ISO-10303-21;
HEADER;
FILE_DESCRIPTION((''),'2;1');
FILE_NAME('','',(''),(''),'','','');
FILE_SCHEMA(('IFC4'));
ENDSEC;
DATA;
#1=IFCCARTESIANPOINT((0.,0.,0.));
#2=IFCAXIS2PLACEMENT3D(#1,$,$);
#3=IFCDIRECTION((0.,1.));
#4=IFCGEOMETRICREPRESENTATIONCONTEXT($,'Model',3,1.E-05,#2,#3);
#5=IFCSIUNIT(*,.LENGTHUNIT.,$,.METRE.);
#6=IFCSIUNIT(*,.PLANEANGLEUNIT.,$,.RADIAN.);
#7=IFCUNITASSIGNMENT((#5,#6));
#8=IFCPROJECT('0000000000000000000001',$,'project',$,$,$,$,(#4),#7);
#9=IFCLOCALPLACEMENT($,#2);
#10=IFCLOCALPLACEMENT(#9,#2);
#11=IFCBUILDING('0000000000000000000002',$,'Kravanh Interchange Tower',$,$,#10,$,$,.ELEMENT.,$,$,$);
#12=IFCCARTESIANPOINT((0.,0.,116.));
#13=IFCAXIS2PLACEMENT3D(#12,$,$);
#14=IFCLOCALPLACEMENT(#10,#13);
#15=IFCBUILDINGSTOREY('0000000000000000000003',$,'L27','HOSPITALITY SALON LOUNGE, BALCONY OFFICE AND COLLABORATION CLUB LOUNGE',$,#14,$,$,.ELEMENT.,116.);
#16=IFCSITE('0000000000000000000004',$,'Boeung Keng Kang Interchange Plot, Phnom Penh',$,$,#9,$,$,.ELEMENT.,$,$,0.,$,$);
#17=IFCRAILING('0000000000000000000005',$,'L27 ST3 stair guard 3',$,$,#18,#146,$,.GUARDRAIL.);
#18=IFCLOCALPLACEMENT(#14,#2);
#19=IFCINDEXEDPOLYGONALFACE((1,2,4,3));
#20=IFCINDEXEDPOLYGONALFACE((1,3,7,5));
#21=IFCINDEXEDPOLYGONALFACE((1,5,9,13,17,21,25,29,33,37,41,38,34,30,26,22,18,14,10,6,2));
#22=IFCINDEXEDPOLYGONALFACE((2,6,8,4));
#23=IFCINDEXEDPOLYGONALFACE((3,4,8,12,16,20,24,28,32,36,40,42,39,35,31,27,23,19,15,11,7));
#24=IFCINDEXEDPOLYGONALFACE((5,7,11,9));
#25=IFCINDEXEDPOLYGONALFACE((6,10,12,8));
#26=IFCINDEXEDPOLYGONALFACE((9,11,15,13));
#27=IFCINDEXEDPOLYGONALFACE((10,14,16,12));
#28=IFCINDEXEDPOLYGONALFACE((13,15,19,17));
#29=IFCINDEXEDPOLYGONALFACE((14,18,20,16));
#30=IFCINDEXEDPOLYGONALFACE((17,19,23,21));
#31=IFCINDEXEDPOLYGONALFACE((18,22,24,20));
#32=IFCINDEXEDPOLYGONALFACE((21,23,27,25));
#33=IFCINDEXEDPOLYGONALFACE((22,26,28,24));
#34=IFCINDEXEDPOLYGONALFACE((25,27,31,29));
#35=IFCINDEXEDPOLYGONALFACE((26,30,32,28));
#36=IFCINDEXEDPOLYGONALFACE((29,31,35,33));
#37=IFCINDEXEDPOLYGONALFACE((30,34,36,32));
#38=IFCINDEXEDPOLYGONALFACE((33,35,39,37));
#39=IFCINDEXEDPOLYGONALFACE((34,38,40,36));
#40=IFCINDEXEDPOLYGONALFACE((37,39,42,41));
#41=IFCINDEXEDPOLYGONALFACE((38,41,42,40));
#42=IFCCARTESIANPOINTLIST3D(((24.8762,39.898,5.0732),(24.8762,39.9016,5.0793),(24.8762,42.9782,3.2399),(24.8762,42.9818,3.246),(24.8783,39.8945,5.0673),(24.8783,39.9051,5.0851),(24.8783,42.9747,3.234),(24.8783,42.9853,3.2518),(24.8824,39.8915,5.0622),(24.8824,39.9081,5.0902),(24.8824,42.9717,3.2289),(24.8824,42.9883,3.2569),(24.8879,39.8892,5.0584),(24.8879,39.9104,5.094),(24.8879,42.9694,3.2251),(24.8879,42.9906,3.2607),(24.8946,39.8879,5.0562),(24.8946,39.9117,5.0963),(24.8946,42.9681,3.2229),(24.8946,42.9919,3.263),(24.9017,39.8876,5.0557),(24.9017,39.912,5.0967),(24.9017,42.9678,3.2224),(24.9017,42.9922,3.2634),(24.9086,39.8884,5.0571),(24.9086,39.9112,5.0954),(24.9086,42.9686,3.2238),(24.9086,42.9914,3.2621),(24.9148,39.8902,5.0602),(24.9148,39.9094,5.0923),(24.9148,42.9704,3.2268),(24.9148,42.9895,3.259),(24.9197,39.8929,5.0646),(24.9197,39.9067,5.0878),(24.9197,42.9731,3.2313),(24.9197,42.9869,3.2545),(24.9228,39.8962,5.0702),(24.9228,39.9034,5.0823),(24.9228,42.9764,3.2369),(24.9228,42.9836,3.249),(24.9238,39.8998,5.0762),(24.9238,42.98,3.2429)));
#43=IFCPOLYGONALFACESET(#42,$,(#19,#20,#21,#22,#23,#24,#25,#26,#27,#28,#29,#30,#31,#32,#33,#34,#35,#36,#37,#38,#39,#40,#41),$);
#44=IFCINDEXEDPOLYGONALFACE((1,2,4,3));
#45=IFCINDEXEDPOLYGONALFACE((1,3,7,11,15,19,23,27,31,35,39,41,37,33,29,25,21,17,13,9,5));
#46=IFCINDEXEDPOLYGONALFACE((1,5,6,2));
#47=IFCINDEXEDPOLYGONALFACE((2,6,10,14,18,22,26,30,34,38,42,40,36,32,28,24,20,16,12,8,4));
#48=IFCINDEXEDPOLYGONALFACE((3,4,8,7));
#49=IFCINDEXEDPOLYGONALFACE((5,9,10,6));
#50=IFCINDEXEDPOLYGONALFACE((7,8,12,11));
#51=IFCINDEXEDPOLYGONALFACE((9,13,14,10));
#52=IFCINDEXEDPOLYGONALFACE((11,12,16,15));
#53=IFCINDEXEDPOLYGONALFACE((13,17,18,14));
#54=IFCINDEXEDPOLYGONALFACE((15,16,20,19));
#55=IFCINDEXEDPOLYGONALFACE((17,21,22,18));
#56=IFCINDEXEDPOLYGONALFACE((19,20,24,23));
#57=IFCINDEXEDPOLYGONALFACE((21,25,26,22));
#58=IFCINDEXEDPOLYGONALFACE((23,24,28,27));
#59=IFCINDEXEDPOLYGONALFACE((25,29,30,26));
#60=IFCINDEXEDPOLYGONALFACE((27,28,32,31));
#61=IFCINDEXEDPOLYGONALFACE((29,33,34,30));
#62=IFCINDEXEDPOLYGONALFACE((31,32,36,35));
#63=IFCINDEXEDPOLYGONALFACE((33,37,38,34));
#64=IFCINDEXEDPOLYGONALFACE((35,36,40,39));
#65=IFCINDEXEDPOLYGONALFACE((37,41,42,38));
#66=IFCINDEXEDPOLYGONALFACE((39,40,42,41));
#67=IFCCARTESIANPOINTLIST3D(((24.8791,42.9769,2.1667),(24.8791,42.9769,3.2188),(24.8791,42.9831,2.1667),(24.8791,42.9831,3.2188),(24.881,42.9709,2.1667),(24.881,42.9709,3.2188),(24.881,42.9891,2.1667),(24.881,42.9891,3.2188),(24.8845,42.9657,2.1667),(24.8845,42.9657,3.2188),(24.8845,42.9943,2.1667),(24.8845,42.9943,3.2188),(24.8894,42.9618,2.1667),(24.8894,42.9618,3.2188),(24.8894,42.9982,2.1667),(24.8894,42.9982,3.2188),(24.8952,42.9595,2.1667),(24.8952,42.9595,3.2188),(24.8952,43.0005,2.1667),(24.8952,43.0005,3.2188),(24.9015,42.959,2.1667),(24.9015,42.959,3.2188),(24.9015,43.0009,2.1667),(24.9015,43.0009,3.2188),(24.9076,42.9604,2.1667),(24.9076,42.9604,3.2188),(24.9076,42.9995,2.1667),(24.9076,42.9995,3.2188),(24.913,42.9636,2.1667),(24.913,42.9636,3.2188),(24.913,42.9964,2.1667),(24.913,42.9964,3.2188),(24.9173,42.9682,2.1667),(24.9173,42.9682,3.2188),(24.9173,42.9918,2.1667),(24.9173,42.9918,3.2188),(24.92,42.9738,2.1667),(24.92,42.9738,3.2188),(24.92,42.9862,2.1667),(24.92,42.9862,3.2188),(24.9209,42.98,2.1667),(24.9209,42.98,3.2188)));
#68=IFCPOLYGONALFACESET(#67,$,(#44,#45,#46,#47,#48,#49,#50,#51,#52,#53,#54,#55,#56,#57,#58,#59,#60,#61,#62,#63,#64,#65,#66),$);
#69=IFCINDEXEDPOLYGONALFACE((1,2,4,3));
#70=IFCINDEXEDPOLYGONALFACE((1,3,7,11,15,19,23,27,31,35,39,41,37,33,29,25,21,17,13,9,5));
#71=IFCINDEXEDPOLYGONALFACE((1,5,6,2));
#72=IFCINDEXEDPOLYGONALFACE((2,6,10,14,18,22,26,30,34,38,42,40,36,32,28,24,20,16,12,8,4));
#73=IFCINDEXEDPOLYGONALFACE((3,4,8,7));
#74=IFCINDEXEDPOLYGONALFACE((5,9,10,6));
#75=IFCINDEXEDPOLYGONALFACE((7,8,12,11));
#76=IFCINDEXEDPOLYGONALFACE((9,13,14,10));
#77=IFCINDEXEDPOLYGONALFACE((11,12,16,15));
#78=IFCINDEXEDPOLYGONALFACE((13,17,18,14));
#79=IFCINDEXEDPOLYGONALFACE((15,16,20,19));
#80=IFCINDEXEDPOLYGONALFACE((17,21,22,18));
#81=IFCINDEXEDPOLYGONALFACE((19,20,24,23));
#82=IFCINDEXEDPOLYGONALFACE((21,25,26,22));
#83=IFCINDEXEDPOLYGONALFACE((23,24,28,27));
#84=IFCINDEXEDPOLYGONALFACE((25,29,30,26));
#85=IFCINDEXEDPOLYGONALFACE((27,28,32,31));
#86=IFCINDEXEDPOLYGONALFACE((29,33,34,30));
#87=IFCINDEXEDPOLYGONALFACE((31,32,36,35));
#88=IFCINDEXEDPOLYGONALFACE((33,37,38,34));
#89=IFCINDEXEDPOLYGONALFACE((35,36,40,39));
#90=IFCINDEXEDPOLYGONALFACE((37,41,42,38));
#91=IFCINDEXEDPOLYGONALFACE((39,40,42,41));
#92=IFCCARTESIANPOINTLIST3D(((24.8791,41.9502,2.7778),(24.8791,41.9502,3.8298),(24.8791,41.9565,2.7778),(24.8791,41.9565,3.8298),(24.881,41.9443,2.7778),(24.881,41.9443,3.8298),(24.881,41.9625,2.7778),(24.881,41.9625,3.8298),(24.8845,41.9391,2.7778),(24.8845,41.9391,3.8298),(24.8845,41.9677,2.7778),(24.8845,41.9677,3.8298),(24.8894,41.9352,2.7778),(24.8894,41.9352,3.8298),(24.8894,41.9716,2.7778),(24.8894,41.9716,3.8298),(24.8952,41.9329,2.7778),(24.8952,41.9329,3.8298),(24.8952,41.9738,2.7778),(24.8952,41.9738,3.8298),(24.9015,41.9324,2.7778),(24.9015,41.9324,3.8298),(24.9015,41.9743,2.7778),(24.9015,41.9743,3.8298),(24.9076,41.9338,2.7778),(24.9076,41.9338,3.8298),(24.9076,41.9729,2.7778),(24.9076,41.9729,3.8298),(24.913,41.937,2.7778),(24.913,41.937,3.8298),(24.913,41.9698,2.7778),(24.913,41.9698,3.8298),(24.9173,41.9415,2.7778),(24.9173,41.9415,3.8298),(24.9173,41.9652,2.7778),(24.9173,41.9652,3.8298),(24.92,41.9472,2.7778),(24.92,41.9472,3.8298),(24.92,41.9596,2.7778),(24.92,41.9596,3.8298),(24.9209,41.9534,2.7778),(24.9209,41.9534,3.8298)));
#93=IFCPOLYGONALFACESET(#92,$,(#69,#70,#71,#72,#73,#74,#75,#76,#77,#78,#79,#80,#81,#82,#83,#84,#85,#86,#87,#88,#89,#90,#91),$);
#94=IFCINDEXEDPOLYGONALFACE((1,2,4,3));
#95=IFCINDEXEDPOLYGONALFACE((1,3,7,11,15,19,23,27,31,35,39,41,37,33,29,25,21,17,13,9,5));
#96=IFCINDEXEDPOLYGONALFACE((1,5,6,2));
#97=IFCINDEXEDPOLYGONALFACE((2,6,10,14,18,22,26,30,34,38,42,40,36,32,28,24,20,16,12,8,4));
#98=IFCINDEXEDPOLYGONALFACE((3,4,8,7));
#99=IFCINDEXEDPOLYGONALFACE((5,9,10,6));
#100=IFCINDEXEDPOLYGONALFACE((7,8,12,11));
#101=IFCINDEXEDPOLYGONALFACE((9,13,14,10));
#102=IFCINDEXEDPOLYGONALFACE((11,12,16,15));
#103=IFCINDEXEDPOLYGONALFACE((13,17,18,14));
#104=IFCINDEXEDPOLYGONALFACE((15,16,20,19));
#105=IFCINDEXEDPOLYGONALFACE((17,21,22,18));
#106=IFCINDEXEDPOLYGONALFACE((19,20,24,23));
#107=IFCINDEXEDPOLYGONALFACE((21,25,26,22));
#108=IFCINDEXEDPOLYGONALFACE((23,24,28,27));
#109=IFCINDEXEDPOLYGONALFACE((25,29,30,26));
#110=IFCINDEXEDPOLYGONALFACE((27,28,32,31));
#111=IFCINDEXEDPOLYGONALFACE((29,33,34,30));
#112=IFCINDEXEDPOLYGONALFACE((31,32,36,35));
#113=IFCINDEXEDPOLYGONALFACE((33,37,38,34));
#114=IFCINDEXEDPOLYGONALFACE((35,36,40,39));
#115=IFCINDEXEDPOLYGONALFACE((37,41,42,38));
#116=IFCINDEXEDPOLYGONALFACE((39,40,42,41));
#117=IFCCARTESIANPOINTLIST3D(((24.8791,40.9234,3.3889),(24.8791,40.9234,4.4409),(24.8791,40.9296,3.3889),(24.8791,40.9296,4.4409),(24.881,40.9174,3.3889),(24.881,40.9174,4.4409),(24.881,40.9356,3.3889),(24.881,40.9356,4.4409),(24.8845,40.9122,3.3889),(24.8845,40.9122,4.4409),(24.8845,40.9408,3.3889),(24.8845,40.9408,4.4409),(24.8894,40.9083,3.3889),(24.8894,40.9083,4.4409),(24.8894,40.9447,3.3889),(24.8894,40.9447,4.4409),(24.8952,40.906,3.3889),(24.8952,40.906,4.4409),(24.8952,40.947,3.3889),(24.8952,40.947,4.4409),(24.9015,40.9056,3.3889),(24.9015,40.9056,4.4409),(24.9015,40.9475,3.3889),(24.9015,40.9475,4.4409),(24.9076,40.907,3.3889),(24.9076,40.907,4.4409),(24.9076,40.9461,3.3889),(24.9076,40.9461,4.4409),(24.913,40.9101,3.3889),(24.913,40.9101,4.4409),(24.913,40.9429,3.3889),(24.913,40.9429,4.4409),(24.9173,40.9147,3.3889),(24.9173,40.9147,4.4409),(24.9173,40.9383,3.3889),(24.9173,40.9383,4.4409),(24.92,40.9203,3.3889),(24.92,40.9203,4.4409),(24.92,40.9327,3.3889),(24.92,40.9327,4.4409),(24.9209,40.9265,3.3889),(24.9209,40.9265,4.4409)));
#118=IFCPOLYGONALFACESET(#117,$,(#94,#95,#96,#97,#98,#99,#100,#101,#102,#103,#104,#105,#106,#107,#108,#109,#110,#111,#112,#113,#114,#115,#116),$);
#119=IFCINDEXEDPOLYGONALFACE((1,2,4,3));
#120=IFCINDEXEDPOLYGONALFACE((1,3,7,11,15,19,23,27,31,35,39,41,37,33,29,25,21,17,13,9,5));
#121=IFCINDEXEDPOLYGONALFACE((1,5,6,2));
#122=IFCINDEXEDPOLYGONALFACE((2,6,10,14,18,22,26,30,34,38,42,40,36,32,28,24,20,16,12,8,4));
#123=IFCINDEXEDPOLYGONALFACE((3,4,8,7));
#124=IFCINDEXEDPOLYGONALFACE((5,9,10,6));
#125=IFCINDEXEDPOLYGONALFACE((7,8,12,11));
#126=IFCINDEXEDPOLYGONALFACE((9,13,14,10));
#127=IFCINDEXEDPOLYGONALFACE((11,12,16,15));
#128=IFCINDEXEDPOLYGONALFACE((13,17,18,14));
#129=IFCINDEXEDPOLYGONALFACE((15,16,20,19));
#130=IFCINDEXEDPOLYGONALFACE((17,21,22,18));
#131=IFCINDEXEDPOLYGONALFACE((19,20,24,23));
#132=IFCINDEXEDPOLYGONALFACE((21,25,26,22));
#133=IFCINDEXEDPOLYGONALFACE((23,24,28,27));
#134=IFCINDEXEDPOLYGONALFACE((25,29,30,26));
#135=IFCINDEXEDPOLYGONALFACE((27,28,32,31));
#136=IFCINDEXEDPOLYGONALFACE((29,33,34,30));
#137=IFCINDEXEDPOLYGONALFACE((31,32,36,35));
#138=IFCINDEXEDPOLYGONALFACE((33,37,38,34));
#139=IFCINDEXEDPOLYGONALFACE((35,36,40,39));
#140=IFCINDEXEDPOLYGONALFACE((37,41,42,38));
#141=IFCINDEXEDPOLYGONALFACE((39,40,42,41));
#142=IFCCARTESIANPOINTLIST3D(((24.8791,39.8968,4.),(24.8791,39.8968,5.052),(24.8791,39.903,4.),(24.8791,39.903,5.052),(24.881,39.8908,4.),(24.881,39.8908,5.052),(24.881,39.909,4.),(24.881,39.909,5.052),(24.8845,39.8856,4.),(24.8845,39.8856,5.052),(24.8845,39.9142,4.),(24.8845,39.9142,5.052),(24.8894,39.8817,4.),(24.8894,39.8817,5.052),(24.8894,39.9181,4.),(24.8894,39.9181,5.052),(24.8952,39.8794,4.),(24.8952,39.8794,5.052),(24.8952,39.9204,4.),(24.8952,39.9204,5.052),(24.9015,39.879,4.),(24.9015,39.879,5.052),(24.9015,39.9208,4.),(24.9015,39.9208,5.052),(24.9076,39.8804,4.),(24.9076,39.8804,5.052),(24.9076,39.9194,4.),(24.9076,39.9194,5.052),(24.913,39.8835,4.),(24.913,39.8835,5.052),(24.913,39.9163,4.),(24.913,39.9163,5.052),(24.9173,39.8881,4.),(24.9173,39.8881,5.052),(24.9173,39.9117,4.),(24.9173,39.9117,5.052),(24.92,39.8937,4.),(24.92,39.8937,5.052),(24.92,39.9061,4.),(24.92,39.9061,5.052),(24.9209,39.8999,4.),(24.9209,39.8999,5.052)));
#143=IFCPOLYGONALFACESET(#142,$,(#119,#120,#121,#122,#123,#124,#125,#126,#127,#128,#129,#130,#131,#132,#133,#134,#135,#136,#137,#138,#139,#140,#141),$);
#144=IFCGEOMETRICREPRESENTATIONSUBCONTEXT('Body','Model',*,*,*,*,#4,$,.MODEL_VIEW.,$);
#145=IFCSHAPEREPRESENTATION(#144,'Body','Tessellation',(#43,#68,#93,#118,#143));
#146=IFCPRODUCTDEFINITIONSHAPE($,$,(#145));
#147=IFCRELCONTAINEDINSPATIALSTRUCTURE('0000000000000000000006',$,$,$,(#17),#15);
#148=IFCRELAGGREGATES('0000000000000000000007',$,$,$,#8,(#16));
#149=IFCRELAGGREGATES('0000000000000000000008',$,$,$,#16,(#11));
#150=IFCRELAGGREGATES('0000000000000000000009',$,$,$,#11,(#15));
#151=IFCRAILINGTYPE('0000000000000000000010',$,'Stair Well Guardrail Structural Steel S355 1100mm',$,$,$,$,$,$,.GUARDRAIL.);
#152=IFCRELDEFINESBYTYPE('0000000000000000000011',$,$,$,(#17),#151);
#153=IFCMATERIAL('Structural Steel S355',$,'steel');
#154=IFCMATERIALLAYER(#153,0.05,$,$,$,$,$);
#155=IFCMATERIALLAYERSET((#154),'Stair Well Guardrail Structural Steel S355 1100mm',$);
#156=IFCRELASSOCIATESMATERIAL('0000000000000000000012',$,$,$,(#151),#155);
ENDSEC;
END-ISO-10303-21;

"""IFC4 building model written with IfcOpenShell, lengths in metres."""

from ifc_helpers import new_model, si_unit, direction, frame, origin, origin_2d, place, context, subcontext, project, spatial, circle, extrude, material, layer, layer_set, type_object, element, save


model = new_model("IFC4")

# Units and contexts
model_context = context("Model", 3, precision=1e-05, world=origin(), true_north=direction((0.0, 1.0)))
body_context = subcontext(model_context, "Body", "Model", "MODEL_VIEW")
ifc_project = project(units=[si_unit("LENGTHUNIT", "METRE"), si_unit("PLANEANGLEUNIT", "RADIAN")], contexts=[model_context])

# Site, building, storey
site_placement = place(None, origin())
site = spatial("IfcSite", under=ifc_project, at=site_placement, Name="Boeung Keng Kang Interchange Plot, Phnom Penh", CompositionType="ELEMENT", RefElevation=0.0)
building_placement = place(site_placement, origin())
building = spatial("IfcBuilding", under=site, at=building_placement, Name="Kravanh Interchange Tower", CompositionType="ELEMENT")
storey_placement = place(building_placement, frame((0.0, 0.0, 116.0)))
storey = spatial("IfcBuildingStorey", under=building, at=storey_placement, Name="L27", Description="HOSPITALITY SALON LOUNGE, BALCONY OFFICE AND COLLABORATION CLUB LOUNGE", CompositionType="ELEMENT", Elevation=116.0)

# Railing
ifc_material_1 = material(Name="Structural Steel S355", Category="steel")
ifc_layer_1 = layer(ifc_material_1, 0.05)
ifc_layer_set_1 = layer_set([ifc_layer_1], Name="Stair Well Guardrail Structural Steel S355 1100mm")
railing_type_1 = type_object("IfcRailingType", Name="Stair Well Guardrail Structural Steel S355 1100mm", PredefinedType="GUARDRAIL", material=ifc_layer_set_1)
railing_1_placement = place(storey_placement, frame((24.8999, 42.98, 2.1667)))
element("IfcRailing", 1, at=railing_1_placement, inside=storey, type_object=railing_type_1, Name="L27 ST3 stair guard 3", PredefinedType="GUARDRAIL", context=body_context, shape_type="SweptSolid", body=[
    extrude(circle(Radius=0.0239, at=origin_2d()), frame((0.0, 0.0, 1.0762), z_axis=(0.0, -0.859309, 0.511458), x_axis=(1.0, 0.0, 0.0)), (0.0, 0.0, 1.0), 3.5845),
    extrude(circle(Radius=0.021, at=origin_2d()), origin(), (0.0, 0.0, 1.0), 1.052),
    extrude(circle(Radius=0.021, at=origin_2d()), frame((0.0, -1.0266, 0.6111)), (0.0, 0.0, 1.0), 1.052),
    extrude(circle(Radius=0.021, at=origin_2d()), frame((0.0, -2.0535, 1.2222)), (0.0, 0.0, 1.0), 1.052),
    extrude(circle(Radius=0.021, at=origin_2d()), frame((0.0, -3.0801, 1.8333)), (0.0, 0.0, 1.0), 1.052),
])

save(model, "model.ifc")
